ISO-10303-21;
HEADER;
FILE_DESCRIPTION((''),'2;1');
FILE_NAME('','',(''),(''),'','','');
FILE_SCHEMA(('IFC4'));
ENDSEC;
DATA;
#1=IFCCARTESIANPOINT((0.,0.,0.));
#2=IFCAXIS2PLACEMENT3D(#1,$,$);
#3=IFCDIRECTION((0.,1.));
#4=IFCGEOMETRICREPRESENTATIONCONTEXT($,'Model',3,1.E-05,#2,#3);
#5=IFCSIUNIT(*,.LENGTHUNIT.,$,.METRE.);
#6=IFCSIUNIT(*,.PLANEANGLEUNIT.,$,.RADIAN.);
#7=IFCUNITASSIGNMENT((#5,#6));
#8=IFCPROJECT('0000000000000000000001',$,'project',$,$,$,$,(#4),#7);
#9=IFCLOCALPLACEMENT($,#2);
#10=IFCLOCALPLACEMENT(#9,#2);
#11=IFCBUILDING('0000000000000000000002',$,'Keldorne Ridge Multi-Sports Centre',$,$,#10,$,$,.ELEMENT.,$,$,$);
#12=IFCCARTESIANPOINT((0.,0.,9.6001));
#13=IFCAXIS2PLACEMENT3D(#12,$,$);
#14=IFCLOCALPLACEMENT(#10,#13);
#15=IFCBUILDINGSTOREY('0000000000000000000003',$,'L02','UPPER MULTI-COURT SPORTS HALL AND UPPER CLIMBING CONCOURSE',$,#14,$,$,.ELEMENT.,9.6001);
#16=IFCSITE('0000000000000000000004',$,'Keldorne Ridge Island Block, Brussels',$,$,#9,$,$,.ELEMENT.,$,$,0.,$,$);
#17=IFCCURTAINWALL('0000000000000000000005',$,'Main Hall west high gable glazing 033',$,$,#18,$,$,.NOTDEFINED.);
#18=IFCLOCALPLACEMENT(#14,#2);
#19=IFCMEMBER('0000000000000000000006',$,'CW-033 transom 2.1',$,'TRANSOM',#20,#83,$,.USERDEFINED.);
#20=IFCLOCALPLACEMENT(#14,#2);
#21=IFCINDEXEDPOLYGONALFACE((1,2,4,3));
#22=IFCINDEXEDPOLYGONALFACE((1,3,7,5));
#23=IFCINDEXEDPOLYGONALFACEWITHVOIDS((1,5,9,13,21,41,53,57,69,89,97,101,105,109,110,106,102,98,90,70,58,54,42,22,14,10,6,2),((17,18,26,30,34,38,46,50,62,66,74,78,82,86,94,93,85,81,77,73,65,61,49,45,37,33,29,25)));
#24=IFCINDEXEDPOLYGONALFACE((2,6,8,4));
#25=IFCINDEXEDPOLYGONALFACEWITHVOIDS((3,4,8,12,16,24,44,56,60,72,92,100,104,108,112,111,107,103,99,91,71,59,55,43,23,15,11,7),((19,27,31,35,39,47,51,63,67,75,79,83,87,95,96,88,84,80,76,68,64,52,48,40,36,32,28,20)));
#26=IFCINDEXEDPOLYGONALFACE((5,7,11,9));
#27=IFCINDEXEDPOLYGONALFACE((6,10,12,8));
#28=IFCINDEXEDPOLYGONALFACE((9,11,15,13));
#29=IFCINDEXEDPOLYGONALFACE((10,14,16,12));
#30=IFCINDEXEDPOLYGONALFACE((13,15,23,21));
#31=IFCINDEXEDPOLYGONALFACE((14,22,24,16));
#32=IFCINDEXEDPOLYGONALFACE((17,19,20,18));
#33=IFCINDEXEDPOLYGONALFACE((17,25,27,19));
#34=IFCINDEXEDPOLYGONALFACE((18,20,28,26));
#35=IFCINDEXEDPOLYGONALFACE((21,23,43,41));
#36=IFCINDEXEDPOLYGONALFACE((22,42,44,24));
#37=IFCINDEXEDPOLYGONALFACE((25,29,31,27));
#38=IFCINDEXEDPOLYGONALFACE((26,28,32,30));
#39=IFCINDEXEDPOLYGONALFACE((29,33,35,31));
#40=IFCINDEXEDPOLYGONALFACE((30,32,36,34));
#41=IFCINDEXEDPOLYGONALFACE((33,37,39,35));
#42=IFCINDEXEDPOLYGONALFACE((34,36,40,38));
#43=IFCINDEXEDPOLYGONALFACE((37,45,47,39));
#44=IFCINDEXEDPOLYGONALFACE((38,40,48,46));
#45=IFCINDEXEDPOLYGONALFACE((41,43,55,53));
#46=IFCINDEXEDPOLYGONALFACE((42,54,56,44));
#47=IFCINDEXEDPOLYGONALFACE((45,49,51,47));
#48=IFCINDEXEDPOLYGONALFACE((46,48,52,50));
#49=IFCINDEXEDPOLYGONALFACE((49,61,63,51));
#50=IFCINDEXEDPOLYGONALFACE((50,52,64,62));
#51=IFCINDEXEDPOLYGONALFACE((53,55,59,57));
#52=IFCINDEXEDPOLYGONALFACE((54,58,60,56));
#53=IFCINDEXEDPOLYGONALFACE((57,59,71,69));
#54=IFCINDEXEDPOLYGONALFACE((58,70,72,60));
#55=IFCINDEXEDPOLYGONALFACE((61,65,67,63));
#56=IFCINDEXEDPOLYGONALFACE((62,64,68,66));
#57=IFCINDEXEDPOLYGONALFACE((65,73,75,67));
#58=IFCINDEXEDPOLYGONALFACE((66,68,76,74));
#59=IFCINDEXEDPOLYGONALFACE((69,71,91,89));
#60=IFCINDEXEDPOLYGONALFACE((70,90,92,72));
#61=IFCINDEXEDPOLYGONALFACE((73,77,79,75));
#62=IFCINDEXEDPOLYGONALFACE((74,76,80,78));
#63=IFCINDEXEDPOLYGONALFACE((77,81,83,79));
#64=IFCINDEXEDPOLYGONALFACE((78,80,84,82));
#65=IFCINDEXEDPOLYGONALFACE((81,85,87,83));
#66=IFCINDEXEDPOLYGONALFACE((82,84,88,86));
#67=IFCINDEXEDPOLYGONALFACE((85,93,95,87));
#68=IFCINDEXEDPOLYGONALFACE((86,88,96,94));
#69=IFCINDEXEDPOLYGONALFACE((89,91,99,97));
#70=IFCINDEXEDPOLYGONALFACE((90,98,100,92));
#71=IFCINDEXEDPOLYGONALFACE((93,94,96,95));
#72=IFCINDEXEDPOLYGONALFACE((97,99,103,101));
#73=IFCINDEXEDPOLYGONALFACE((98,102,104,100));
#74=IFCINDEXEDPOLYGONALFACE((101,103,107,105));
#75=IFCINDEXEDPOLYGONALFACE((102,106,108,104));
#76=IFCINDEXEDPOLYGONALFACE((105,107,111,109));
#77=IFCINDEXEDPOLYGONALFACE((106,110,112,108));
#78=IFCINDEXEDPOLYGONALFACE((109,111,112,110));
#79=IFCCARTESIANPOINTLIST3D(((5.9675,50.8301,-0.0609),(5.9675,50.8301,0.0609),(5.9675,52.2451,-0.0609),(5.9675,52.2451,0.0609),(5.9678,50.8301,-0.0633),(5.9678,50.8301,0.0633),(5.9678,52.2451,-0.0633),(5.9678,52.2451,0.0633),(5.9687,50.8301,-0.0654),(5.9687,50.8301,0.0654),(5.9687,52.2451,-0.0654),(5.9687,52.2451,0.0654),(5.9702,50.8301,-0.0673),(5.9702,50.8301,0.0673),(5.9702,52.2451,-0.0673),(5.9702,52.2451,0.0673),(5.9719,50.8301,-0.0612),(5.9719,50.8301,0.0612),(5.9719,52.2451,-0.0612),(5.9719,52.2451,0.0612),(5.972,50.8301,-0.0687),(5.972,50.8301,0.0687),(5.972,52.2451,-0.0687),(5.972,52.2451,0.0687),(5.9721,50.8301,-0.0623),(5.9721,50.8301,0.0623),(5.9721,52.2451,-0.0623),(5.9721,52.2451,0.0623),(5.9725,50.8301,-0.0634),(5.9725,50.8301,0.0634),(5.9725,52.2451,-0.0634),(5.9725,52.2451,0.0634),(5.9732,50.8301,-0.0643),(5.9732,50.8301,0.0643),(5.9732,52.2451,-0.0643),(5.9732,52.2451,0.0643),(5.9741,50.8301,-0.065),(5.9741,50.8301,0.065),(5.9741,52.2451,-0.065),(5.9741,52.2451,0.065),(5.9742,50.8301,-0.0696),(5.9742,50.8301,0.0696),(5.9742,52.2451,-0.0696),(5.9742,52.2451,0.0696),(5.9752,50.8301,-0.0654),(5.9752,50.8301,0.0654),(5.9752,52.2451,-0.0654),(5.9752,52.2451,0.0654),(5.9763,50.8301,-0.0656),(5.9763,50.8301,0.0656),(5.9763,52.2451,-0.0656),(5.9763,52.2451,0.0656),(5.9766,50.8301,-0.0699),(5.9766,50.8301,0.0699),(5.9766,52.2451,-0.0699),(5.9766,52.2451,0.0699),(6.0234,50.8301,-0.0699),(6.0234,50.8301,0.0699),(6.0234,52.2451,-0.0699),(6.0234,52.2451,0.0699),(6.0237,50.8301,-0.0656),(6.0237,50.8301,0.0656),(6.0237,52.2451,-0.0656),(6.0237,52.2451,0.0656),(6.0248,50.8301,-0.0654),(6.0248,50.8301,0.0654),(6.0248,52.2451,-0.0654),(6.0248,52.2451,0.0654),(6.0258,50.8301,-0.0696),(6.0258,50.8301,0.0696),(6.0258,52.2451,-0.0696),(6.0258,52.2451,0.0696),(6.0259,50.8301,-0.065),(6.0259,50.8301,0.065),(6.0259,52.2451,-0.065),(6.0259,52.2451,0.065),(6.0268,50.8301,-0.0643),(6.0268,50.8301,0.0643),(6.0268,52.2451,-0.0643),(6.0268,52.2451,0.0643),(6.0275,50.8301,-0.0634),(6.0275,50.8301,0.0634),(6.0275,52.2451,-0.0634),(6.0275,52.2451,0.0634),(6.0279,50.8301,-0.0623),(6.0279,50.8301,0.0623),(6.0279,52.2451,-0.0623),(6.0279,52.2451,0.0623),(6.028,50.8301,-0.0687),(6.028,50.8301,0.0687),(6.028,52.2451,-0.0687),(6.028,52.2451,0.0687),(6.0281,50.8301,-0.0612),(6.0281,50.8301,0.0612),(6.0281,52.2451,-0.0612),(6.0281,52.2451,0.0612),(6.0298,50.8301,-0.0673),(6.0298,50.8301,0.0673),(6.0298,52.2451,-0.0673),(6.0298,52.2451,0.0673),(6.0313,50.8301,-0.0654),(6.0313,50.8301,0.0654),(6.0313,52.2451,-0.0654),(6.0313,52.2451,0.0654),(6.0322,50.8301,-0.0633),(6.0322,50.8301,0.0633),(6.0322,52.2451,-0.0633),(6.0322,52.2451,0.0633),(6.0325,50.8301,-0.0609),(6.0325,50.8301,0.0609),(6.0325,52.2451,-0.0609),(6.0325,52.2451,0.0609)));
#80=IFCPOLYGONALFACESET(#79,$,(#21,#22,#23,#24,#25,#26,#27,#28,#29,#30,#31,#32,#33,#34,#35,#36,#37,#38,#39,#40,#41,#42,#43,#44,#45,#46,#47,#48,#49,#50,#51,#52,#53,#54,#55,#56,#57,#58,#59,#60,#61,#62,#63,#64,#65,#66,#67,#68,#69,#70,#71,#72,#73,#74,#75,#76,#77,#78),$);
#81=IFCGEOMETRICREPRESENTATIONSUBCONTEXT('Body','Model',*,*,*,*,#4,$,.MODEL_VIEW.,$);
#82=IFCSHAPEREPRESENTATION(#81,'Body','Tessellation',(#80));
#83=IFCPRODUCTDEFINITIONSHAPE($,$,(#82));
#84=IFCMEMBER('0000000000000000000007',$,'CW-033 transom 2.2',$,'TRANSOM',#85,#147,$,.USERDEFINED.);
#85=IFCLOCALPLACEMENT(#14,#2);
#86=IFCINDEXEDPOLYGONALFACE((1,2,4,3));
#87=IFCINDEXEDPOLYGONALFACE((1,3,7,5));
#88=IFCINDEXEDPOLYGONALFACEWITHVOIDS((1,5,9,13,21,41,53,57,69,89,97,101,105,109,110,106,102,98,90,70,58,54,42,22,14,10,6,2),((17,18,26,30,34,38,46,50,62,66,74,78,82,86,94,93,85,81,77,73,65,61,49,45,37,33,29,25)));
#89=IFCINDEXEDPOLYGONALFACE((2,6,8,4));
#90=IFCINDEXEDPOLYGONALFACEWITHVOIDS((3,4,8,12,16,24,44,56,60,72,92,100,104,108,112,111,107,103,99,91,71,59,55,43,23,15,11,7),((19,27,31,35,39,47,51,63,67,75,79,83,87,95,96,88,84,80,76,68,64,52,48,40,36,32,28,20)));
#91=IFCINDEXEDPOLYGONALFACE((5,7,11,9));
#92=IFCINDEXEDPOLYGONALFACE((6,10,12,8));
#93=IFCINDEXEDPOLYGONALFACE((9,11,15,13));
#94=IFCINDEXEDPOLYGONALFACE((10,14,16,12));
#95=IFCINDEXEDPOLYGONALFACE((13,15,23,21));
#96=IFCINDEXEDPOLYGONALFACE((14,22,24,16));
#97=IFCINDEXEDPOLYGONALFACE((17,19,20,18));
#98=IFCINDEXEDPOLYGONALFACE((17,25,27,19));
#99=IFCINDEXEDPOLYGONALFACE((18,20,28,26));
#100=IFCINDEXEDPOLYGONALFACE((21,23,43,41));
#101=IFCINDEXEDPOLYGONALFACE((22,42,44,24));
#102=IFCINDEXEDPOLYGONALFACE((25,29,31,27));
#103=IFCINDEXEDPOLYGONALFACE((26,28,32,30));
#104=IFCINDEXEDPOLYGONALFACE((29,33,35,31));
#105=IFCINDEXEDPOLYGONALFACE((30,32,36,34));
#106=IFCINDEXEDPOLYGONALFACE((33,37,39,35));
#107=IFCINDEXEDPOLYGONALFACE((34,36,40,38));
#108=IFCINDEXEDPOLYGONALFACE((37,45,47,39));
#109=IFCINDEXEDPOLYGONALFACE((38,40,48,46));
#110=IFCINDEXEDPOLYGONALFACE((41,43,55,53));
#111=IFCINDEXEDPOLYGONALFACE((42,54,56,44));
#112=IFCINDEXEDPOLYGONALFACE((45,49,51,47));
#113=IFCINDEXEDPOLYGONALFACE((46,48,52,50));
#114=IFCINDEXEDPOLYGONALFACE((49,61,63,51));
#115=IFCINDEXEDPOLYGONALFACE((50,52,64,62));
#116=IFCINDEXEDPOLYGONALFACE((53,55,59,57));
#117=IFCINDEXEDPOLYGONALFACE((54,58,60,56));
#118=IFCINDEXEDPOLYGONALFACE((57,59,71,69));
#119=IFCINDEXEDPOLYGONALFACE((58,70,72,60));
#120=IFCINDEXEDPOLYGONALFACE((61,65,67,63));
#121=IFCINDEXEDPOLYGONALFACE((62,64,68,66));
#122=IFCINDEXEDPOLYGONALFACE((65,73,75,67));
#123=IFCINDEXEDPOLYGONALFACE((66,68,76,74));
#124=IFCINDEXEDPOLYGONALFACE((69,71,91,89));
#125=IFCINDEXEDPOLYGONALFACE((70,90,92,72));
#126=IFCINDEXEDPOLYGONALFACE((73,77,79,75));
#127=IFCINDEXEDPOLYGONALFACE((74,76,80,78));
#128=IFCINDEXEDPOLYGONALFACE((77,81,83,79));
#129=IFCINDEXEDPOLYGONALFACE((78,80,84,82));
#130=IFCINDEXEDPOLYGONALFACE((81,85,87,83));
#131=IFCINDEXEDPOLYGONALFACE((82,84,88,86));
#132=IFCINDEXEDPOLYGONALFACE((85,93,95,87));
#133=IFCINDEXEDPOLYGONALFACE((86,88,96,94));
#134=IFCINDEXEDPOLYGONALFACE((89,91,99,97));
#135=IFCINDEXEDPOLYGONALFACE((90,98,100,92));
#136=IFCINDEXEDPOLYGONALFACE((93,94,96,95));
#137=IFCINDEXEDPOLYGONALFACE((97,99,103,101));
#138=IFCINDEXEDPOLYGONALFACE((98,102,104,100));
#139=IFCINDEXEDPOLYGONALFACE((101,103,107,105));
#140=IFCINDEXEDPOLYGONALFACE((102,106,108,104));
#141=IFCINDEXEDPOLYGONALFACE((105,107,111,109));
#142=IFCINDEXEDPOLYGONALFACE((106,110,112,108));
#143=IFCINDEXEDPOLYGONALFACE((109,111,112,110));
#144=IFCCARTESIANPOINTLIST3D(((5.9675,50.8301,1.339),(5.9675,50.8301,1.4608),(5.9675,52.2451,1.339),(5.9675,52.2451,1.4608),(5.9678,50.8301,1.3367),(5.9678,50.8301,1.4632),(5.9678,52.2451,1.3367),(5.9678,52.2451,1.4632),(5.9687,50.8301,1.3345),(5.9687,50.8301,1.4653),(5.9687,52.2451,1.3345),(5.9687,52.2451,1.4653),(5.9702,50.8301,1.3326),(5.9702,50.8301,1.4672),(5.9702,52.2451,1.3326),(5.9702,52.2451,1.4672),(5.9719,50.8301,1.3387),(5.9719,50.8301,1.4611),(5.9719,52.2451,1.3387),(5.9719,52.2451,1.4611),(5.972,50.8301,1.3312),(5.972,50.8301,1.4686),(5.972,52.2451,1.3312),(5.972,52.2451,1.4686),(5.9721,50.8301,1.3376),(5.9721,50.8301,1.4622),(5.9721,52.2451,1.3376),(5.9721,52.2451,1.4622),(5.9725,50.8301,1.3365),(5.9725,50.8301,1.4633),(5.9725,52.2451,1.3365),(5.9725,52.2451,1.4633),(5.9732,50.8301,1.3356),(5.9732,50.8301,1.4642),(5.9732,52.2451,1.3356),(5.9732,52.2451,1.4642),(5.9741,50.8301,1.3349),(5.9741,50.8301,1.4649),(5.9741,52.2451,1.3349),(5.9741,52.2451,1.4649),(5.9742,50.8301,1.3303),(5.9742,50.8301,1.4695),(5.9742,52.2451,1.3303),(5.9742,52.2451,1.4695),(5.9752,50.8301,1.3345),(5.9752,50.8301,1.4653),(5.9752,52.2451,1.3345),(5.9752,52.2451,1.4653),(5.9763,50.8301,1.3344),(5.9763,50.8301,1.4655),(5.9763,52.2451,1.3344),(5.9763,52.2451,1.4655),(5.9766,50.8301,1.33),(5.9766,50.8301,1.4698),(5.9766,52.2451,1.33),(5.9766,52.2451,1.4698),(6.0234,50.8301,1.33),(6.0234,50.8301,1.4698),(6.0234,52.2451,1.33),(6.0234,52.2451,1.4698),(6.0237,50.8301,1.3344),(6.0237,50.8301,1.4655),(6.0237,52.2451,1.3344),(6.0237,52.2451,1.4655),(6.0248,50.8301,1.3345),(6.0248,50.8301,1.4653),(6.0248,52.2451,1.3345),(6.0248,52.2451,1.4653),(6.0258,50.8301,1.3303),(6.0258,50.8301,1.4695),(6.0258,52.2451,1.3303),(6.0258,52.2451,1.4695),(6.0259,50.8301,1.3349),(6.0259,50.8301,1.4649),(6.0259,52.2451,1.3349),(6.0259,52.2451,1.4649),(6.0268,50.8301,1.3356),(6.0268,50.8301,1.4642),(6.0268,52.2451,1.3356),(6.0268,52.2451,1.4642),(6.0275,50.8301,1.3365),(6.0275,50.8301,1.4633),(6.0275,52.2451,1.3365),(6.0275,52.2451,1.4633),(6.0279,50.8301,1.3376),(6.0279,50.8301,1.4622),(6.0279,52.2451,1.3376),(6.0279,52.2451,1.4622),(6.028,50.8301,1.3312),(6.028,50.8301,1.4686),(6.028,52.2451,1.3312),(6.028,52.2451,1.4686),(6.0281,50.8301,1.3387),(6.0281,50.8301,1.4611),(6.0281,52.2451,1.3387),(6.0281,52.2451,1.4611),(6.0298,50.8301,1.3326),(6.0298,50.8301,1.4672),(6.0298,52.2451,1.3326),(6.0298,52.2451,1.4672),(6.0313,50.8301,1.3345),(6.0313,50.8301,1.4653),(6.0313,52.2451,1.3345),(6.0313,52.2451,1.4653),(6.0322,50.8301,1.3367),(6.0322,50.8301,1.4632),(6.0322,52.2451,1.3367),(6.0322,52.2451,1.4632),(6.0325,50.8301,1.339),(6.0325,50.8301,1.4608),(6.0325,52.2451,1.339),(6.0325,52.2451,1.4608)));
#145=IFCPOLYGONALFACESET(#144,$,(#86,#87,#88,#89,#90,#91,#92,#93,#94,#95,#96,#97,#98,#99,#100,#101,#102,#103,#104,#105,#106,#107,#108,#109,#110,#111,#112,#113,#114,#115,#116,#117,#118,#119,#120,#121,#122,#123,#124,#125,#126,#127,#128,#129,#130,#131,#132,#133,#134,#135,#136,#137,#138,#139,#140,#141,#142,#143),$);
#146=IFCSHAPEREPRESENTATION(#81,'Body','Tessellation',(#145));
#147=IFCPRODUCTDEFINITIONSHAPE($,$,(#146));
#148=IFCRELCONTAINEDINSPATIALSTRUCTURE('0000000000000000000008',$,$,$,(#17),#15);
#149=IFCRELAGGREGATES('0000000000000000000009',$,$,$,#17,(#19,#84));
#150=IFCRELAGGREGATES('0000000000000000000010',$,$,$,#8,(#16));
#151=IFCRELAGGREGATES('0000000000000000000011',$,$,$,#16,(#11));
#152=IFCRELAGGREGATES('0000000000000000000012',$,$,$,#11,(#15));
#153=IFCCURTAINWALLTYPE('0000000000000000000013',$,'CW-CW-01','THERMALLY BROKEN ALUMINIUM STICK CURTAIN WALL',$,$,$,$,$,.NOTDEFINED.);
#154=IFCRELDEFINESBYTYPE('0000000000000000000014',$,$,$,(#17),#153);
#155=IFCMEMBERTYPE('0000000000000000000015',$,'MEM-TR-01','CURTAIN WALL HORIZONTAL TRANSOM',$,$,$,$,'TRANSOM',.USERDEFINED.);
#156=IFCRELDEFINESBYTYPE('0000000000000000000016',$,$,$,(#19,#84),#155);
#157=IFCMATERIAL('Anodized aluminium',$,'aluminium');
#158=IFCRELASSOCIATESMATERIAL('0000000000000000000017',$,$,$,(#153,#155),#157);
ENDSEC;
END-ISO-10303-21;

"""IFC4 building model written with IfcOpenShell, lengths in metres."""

from ifc_helpers import new_model, si_unit, direction, frame, origin, origin_2d, place, context, subcontext, project, spatial, hollow_rectangle, extrude, material, material_profile, profile_set, type_object, element, aggregate, save


model = new_model("IFC4")

# Units and contexts
model_context = context("Model", 3, precision=1e-05, world=origin(), true_north=direction((0.0, 1.0)))
body_context = subcontext(model_context, "Body", "Model", "MODEL_VIEW")
ifc_project = project(units=[si_unit("LENGTHUNIT", "METRE"), si_unit("PLANEANGLEUNIT", "RADIAN")], contexts=[model_context])

# Site, building, storey
site_placement = place(None, origin())
site = spatial("IfcSite", under=ifc_project, at=site_placement, Name="Keldorne Ridge Island Block, Brussels", CompositionType="ELEMENT", RefElevation=0.0)
building_placement = place(site_placement, origin())
building = spatial("IfcBuilding", under=site, at=building_placement, Name="Keldorne Ridge Multi-Sports Centre", CompositionType="ELEMENT")
storey_placement = place(building_placement, frame((0.0, 0.0, 9.6001)))
storey = spatial("IfcBuildingStorey", under=building, at=storey_placement, Name="L02", Description="UPPER MULTI-COURT SPORTS HALL AND UPPER CLIMBING CONCOURSE", CompositionType="ELEMENT", Elevation=9.6001)

# Curtain wall
ifc_material_1 = material(Name="Anodized aluminium", Category="aluminium")
curtain_wall_type_1 = type_object("IfcCurtainWallType", Name="CW-CW-01", Description="THERMALLY BROKEN ALUMINIUM STICK CURTAIN WALL", PredefinedType="NOTDEFINED", material=ifc_material_1)
curtain_wall_1_placement = place(storey_placement, origin())
curtain_wall_1 = element("IfcCurtainWall", 1, at=curtain_wall_1_placement, inside=storey, type_object=curtain_wall_type_1, Name="Main Hall west high gable glazing 033", PredefinedType="NOTDEFINED")

# Members
ifc_material_profile_1 = material_profile(ifc_material_1, hollow_rectangle(XDim=0.0649, YDim=0.1399, WallThickness=0.0044, InnerFilletRadius=0.0044, OuterFilletRadius=0.009, at=origin_2d()), Name="ALU TRANSOM 140x65x4.5")
ifc_profile_set_1 = profile_set([ifc_material_profile_1], Name="Anodized aluminium")
member_type_1 = type_object("IfcMemberType", Name="MEM-TR-01", Description="CURTAIN WALL HORIZONTAL TRANSOM", ElementType="TRANSOM", PredefinedType="USERDEFINED", material=ifc_profile_set_1)
member_1_placement = place(storey_placement, frame((6.0, 52.2451, 0.0), z_axis=(0.0, -1.0, 0.0), x_axis=(1.0, 0.0, 0.0)))
member_1 = element("IfcMember", 2, at=member_1_placement, type_object=member_type_1, Name="CW-033 transom 2.1", ObjectType="TRANSOM", PredefinedType="USERDEFINED", context=body_context, shape_type="SweptSolid", body=[
    extrude(hollow_rectangle(XDim=0.0649, YDim=0.1399, WallThickness=0.0044, InnerFilletRadius=0.0044, OuterFilletRadius=0.009, at=origin_2d()), origin(), (0.0, 0.0, 1.0), 1.415),
])
member_2_placement = place(storey_placement, frame((6.0, 52.2451, 1.3999), z_axis=(0.0, -1.0, 0.0), x_axis=(1.0, 0.0, 0.0)))
member_2 = element("IfcMember", 3, at=member_2_placement, type_object=member_type_1, Name="CW-033 transom 2.2", ObjectType="TRANSOM", PredefinedType="USERDEFINED", context=body_context, shape_type="SweptSolid", body=[
    extrude(hollow_rectangle(XDim=0.0649, YDim=0.1399, WallThickness=0.0044, InnerFilletRadius=0.0044, OuterFilletRadius=0.009, at=origin_2d()), origin(), (0.0, 0.0, 1.0), 1.415),
])

aggregate(curtain_wall_1, [member_1, member_2])

save(model, "model.ifc")
